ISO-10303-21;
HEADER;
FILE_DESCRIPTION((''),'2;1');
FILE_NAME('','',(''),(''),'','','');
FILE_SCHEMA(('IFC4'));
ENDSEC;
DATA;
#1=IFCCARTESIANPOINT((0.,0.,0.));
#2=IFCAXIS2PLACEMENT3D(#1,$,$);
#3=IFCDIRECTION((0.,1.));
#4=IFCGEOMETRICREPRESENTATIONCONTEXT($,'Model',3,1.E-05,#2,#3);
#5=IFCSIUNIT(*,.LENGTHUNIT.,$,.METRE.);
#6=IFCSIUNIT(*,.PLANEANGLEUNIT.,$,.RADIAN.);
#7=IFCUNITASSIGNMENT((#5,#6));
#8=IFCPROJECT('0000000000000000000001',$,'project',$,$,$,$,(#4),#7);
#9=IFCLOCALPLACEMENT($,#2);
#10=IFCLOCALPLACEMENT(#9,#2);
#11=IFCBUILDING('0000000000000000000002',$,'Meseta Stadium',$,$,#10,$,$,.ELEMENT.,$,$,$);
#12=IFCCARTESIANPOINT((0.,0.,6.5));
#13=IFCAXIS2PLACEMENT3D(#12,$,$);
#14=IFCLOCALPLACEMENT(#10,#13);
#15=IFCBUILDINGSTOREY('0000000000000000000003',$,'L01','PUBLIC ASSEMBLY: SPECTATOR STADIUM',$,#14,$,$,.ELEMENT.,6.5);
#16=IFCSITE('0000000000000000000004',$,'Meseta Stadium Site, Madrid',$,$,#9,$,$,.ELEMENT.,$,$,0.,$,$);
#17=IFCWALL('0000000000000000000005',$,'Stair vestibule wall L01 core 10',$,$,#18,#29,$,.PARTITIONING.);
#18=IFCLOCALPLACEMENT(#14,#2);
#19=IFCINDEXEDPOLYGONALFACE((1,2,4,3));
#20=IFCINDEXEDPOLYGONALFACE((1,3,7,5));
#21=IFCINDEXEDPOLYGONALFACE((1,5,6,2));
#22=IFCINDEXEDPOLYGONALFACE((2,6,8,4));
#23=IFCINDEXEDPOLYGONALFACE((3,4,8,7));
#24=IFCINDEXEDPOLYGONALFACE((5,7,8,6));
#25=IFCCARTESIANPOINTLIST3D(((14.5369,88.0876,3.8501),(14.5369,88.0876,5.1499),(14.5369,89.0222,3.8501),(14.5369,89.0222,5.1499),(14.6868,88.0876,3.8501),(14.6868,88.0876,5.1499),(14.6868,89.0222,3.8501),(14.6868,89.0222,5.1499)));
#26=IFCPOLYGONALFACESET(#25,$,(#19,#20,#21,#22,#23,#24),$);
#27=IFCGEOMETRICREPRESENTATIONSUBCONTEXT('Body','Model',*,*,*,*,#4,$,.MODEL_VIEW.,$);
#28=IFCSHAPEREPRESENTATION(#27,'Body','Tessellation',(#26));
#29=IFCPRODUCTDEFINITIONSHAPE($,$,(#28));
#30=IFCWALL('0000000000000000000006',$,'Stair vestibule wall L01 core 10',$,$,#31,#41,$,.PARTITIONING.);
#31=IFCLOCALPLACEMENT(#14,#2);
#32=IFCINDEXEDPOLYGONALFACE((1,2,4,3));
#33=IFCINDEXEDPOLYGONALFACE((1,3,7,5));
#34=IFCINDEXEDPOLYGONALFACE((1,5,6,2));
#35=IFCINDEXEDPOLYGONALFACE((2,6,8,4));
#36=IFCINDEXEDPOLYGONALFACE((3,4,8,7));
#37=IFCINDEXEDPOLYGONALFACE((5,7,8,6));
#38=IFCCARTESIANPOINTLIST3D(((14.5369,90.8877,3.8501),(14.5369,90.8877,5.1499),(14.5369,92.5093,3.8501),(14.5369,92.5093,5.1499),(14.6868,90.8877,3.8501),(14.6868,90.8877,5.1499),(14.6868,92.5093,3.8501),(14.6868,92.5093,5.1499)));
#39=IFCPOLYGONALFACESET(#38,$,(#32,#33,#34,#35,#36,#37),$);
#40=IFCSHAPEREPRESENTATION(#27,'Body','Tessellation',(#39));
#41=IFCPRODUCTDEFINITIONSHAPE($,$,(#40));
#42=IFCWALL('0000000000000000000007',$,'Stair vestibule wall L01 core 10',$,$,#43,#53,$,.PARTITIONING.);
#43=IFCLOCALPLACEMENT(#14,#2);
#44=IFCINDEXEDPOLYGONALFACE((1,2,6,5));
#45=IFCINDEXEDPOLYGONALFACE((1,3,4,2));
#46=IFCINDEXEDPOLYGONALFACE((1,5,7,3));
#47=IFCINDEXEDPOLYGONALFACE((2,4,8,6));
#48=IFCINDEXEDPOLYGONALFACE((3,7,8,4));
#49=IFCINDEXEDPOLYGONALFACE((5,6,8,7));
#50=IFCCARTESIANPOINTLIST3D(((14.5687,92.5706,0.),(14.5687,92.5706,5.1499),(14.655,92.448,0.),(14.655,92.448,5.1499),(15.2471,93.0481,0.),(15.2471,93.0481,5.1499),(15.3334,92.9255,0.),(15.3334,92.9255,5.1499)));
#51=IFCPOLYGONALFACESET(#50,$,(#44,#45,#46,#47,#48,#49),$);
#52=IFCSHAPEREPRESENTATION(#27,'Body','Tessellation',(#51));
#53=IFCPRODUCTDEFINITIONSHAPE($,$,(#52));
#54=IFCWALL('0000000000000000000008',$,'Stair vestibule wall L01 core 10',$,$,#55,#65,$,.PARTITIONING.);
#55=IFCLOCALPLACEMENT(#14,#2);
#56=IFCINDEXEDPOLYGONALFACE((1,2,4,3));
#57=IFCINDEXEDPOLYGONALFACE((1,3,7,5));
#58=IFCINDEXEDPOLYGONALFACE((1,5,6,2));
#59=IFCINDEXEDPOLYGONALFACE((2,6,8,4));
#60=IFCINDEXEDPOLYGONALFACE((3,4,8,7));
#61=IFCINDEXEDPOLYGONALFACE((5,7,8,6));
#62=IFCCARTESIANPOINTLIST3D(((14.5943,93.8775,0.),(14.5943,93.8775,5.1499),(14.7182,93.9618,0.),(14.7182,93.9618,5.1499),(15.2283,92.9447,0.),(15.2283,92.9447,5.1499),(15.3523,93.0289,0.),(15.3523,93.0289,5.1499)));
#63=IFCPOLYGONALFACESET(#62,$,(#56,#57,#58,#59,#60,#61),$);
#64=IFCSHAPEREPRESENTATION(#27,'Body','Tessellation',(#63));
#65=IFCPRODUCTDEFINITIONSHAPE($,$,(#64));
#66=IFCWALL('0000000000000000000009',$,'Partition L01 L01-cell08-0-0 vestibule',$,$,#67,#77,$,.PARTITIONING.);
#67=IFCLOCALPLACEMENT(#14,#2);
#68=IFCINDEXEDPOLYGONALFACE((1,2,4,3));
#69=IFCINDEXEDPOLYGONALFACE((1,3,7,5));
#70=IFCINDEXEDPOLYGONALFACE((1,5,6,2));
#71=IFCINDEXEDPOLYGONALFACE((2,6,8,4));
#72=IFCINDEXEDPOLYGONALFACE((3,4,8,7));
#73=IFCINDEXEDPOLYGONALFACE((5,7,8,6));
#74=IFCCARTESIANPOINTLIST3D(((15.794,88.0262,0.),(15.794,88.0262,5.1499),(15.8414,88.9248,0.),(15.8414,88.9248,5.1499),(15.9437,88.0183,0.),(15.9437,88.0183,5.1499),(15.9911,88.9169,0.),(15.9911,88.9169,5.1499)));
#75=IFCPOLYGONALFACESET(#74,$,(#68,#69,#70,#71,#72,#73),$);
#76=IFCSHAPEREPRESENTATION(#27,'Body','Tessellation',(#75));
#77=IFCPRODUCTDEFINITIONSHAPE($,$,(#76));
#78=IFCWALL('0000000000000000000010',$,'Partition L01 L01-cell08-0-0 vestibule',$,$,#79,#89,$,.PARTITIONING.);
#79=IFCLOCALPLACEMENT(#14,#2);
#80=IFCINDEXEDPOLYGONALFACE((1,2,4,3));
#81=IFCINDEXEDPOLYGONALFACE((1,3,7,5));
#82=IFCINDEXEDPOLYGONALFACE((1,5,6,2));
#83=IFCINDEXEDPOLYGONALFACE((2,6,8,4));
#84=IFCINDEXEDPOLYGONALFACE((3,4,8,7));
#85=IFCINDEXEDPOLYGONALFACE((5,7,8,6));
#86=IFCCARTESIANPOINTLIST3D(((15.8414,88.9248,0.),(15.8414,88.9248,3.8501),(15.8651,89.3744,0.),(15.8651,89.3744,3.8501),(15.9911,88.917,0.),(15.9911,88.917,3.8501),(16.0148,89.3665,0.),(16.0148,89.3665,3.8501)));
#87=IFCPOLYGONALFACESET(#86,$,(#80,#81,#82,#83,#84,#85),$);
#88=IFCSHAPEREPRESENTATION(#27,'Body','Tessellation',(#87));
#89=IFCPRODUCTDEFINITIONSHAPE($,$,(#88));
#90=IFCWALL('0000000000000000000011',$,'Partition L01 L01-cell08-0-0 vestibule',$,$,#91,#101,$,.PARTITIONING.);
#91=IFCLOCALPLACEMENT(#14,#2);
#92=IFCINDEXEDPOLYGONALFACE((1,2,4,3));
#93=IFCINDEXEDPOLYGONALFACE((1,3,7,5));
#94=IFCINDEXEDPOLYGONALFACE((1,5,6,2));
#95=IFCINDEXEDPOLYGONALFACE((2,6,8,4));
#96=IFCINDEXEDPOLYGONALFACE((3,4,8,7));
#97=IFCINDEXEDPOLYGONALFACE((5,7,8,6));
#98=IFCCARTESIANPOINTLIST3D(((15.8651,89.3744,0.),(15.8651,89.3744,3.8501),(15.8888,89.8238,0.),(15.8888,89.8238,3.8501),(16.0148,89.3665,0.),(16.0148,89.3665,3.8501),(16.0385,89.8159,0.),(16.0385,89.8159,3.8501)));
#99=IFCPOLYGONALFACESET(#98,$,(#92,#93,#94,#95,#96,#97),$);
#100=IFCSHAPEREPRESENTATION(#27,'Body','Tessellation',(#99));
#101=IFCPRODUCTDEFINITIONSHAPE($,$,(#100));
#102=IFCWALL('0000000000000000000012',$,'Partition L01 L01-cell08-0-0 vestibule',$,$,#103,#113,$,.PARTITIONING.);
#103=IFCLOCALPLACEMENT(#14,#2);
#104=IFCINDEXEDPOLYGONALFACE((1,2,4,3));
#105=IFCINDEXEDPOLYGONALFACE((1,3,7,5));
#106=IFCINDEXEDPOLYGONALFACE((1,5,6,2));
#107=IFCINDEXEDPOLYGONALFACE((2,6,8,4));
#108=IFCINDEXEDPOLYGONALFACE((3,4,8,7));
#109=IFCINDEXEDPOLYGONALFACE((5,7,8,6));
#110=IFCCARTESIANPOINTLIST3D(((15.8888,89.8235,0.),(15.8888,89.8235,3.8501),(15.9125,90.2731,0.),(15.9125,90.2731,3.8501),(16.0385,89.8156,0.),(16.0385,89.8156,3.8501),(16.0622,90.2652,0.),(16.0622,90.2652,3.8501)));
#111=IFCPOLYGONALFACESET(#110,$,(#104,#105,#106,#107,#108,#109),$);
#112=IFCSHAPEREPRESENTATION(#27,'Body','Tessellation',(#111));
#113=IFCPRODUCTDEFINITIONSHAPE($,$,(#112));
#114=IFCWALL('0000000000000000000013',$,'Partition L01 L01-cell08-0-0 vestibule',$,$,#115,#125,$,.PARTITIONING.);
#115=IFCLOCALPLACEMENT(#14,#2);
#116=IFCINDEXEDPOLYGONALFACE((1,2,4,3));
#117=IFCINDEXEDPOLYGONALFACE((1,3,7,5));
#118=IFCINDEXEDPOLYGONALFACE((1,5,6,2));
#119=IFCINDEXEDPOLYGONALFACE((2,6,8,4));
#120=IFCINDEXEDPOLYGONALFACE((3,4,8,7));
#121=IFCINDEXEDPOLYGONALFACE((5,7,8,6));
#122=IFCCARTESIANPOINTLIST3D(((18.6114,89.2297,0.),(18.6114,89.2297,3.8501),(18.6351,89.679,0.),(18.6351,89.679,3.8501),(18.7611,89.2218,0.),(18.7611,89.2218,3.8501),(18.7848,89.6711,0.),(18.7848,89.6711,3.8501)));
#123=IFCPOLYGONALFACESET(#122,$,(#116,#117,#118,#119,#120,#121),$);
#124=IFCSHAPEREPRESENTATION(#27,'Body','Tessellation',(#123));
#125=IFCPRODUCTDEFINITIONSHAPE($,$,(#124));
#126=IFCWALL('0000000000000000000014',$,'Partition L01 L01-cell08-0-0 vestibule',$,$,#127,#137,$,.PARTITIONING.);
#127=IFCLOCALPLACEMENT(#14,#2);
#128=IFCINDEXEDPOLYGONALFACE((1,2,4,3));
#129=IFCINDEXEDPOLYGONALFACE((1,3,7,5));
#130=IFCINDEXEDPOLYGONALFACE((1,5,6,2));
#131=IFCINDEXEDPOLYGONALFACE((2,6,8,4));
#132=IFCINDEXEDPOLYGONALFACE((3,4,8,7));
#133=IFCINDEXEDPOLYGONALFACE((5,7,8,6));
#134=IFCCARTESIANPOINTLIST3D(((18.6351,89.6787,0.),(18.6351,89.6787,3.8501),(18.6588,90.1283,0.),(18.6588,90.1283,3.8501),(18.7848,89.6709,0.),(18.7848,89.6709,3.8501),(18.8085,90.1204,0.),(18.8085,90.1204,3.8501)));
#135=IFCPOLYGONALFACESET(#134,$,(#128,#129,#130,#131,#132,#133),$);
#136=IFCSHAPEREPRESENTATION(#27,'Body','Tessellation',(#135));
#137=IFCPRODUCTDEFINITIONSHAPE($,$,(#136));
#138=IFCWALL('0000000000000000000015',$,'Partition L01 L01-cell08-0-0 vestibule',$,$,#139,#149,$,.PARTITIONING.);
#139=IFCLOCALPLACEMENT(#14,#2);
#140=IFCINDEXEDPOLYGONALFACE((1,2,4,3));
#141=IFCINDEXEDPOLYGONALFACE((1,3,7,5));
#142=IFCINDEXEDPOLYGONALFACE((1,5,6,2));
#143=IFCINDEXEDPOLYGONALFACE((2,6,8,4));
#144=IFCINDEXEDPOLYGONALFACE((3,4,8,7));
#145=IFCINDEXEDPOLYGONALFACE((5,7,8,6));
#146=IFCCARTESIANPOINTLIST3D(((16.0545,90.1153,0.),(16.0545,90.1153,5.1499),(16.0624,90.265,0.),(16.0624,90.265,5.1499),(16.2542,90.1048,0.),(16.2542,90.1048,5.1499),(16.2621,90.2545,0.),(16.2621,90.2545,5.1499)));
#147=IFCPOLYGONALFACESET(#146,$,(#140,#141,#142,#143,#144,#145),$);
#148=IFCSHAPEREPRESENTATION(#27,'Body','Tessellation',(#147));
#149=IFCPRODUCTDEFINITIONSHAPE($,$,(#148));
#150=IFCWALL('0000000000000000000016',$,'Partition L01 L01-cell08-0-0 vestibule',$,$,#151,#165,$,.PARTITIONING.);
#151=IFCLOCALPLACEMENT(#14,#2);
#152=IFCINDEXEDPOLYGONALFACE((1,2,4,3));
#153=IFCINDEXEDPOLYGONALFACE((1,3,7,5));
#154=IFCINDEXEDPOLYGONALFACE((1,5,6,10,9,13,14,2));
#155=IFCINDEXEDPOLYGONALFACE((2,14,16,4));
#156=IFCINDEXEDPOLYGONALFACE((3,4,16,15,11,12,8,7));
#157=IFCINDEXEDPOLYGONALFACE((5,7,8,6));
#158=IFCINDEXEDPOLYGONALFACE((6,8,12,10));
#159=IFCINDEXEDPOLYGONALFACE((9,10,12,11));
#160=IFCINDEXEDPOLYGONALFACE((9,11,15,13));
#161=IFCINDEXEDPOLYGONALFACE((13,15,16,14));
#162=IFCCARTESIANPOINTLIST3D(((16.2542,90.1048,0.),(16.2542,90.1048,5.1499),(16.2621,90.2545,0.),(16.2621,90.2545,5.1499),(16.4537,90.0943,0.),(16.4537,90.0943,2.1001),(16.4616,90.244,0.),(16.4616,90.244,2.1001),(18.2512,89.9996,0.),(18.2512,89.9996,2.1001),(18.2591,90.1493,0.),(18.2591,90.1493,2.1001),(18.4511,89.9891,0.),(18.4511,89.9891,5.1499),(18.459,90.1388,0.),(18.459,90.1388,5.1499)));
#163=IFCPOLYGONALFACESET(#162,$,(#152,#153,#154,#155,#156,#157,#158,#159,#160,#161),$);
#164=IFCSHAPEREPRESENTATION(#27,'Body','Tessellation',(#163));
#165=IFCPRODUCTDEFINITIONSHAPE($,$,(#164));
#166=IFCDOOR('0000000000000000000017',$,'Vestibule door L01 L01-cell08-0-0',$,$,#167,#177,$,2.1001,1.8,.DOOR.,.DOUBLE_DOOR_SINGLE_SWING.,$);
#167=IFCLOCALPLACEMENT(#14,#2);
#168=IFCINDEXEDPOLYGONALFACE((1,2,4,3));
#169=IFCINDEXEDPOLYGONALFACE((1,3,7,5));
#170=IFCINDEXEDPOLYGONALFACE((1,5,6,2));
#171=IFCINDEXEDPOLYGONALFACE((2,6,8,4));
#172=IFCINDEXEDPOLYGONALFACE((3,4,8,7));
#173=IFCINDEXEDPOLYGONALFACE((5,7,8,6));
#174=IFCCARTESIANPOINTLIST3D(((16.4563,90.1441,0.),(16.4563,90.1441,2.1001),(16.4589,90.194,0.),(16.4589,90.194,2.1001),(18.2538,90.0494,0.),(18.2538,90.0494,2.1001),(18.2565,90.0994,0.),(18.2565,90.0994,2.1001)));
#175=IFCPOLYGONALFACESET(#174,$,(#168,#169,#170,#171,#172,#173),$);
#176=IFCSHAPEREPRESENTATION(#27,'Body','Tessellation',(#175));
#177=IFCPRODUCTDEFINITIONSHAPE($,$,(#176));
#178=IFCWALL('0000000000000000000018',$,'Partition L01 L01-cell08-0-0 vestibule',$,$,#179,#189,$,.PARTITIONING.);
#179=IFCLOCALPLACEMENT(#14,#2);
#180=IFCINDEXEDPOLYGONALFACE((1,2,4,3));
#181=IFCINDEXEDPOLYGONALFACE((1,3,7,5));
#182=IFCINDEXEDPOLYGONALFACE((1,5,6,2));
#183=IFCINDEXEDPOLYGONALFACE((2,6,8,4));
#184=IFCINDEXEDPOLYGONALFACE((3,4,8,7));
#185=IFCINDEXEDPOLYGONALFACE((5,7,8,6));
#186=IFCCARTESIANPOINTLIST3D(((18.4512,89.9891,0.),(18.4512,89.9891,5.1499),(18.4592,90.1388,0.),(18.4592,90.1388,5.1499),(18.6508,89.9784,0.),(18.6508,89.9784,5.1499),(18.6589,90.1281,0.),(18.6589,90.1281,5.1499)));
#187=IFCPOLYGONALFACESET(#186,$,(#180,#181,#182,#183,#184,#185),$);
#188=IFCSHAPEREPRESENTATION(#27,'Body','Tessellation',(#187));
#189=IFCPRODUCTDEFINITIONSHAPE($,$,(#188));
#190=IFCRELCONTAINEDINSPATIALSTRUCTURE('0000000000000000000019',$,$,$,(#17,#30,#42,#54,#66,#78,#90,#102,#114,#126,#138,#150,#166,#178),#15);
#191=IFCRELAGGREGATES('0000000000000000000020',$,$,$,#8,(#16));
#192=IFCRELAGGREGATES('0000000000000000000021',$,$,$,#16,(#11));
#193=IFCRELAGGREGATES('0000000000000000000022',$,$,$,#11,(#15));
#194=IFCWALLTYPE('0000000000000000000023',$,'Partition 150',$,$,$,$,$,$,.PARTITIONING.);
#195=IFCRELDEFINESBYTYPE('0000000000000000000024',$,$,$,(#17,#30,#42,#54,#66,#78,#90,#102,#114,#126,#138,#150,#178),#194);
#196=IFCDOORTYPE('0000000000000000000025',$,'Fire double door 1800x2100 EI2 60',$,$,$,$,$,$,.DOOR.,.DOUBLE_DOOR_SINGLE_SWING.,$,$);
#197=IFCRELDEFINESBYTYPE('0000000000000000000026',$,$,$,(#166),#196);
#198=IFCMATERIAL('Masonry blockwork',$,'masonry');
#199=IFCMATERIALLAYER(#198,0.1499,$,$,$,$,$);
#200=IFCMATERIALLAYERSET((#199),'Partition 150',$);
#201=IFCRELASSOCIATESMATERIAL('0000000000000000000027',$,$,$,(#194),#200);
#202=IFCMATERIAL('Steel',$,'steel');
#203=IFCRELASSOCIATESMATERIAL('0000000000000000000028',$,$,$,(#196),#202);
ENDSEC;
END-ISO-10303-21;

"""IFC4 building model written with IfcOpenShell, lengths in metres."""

from ifc_helpers import new_model, si_unit, direction, frame, frame_2d, origin, place, context, subcontext, project, spatial, rectangle, extrude, material, layer, layer_set, type_object, element, fill, save


model = new_model("IFC4")

# Units and contexts
model_context = context("Model", 3, precision=1e-05, world=origin(), true_north=direction((0.0, 1.0)))
body_context = subcontext(model_context, "Body", "Model", "MODEL_VIEW")
ifc_project = project(units=[si_unit("LENGTHUNIT", "METRE"), si_unit("PLANEANGLEUNIT", "RADIAN")], contexts=[model_context])

# Site, building, storey
site_placement = place(None, origin())
site = spatial("IfcSite", under=ifc_project, at=site_placement, Name="Meseta Stadium Site, Madrid", CompositionType="ELEMENT", RefElevation=0.0)
building_placement = place(site_placement, origin())
building = spatial("IfcBuilding", under=site, at=building_placement, Name="Meseta Stadium", CompositionType="ELEMENT")
storey_placement = place(building_placement, frame((0.0, 0.0, 6.5)))
storey = spatial("IfcBuildingStorey", under=building, at=storey_placement, Name="L01", Description="PUBLIC ASSEMBLY: SPECTATOR STADIUM", CompositionType="ELEMENT", Elevation=6.5)

# Shared definitions
ifc_material_1 = material(Name="Masonry blockwork", Category="masonry")
ifc_layer_1 = layer(ifc_material_1, 0.1499)
ifc_layer_set_1 = layer_set([ifc_layer_1], Name="Partition 150")
wall_type_1 = type_object("IfcWallType", Name="Partition 150", PredefinedType="PARTITIONING", material=ifc_layer_set_1)
ifc_material_2 = material(Name="Steel", Category="steel")
door_type_1 = type_object("IfcDoorType", Name="Fire double door 1800x2100 EI2 60", OperationType="DOUBLE_DOOR_SINGLE_SWING", PredefinedType="DOOR", material=ifc_material_2)

# Walls
wall_1_placement = place(storey_placement, frame((14.6118, 88.0876, 3.8501), z_axis=(0.0, 0.0, 1.0), x_axis=(0.0, 1.0, 0.0)))
element("IfcWall", 1, at=wall_1_placement, inside=storey, type_object=wall_type_1, Name="Stair vestibule wall L01 core 10", PredefinedType="PARTITIONING", context=body_context, shape_type="SweptSolid", body=[
    extrude(rectangle(XDim=0.9346, YDim=0.1499, at=frame_2d((0.4673, 0.0))), origin(), (0.0, 0.0, 1.0), 1.2998),
])
wall_2_placement = place(storey_placement, frame((14.6118, 90.8877, 3.8501), z_axis=(0.0, 0.0, 1.0), x_axis=(0.0, 1.0, 0.0)))
element("IfcWall", 2, at=wall_2_placement, inside=storey, type_object=wall_type_1, Name="Stair vestibule wall L01 core 10", PredefinedType="PARTITIONING", context=body_context, shape_type="SweptSolid", body=[
    extrude(rectangle(XDim=1.6216, YDim=0.1499, at=frame_2d((0.8108, 0.0))), origin(), (0.0, 0.0, 1.0), 1.2998),
])
wall_3_placement = place(storey_placement, frame((14.6118, 92.5093, 0.0), z_axis=(0.0, 0.0, 1.0), x_axis=(0.81775, 0.575574, 0.0)))
element("IfcWall", 3, at=wall_3_placement, inside=storey, type_object=wall_type_1, Name="Stair vestibule wall L01 core 10", PredefinedType="PARTITIONING", context=body_context, shape_type="SweptSolid", body=[
    extrude(rectangle(XDim=0.8296, YDim=0.1499, at=frame_2d((0.4148, 0.0))), origin(), (0.0, 0.0, 1.0), 5.1499),
])
wall_4_placement = place(storey_placement, frame((15.2903, 92.9868, 0.0), z_axis=(0.0, 0.0, 1.0), x_axis=(-0.562121, 0.827055, 0.0)))
element("IfcWall", 4, at=wall_4_placement, inside=storey, type_object=wall_type_1, Name="Stair vestibule wall L01 core 10", PredefinedType="PARTITIONING", context=body_context, shape_type="SweptSolid", body=[
    extrude(rectangle(XDim=1.1279, YDim=0.1499, at=frame_2d((0.564, 0.0))), origin(), (0.0, 0.0, 1.0), 5.1499),
])
wall_5_placement = place(storey_placement, frame((15.8689, 88.0222, 0.0), z_axis=(0.0, 0.0, 1.0), x_axis=(0.05263, 0.998614, 0.0)))
element("IfcWall", 5, at=wall_5_placement, inside=storey, type_object=wall_type_1, Name="Partition L01 L01-cell08-0-0 vestibule", PredefinedType="PARTITIONING", context=body_context, shape_type="SweptSolid", body=[
    extrude(rectangle(XDim=0.8999, YDim=0.1499, at=frame_2d((0.45, 0.0))), origin(), (0.0, 0.0, 1.0), 5.1499),
])
wall_6_placement = place(storey_placement, frame((15.9163, 88.9209, 0.0), z_axis=(0.0, 0.0, 1.0), x_axis=(0.052616, 0.998615, 0.0)))
element("IfcWall", 6, at=wall_6_placement, inside=storey, type_object=wall_type_1, Name="Partition L01 L01-cell08-0-0 vestibule", PredefinedType="PARTITIONING", context=body_context, shape_type="SweptSolid", body=[
    extrude(rectangle(XDim=0.4502, YDim=0.1499, at=frame_2d((0.2251, 0.0))), origin(), (0.0, 0.0, 1.0), 3.8501),
])
wall_7_placement = place(storey_placement, frame((15.9399, 89.3704, 0.0), z_axis=(0.0, 0.0, 1.0), x_axis=(0.052644, 0.998613, 0.0)))
element("IfcWall", 7, at=wall_7_placement, inside=storey, type_object=wall_type_1, Name="Partition L01 L01-cell08-0-0 vestibule", PredefinedType="PARTITIONING", context=body_context, shape_type="SweptSolid", body=[
    extrude(rectangle(XDim=0.45, YDim=0.1499, at=frame_2d((0.2251, 0.0))), origin(), (0.0, 0.0, 1.0), 3.8501),
])
wall_8_placement = place(storey_placement, frame((15.9636, 89.8196, 0.0), z_axis=(0.0, 0.0, 1.0), x_axis=(0.052616, 0.998615, 0.0)))
element("IfcWall", 8, at=wall_8_placement, inside=storey, type_object=wall_type_1, Name="Partition L01 L01-cell08-0-0 vestibule", PredefinedType="PARTITIONING", context=body_context, shape_type="SweptSolid", body=[
    extrude(rectangle(XDim=0.4502, YDim=0.1499, at=frame_2d((0.2251, 0.0))), origin(), (0.0, 0.0, 1.0), 3.8501),
])
wall_9_placement = place(storey_placement, frame((18.6863, 89.2256, 0.0), z_axis=(0.0, 0.0, 1.0), x_axis=(0.052644, 0.998613, 0.0)))
element("IfcWall", 9, at=wall_9_placement, inside=storey, type_object=wall_type_1, Name="Partition L01 L01-cell08-0-0 vestibule", PredefinedType="PARTITIONING", context=body_context, shape_type="SweptSolid", body=[
    extrude(rectangle(XDim=0.45, YDim=0.1499, at=frame_2d((0.2251, 0.0))), origin(), (0.0, 0.0, 1.0), 3.8501),
])
wall_10_placement = place(storey_placement, frame((18.71, 89.6748, 0.0), z_axis=(0.0, 0.0, 1.0), x_axis=(0.052616, 0.998615, 0.0)))
element("IfcWall", 10, at=wall_10_placement, inside=storey, type_object=wall_type_1, Name="Partition L01 L01-cell08-0-0 vestibule", PredefinedType="PARTITIONING", context=body_context, shape_type="SweptSolid", body=[
    extrude(rectangle(XDim=0.4502, YDim=0.1499, at=frame_2d((0.2251, 0.0))), origin(), (0.0, 0.0, 1.0), 3.8501),
])
wall_11_placement = place(storey_placement, frame((16.0583, 90.1902, 0.0), z_axis=(0.0, 0.0, 1.0), x_axis=(0.998621, -0.052495, 0.0)))
element("IfcWall", 11, at=wall_11_placement, inside=storey, type_object=wall_type_1, Name="Partition L01 L01-cell08-0-0 vestibule", PredefinedType="PARTITIONING", context=body_context, shape_type="SweptSolid", body=[
    extrude(rectangle(XDim=0.2, YDim=0.1499, at=frame_2d((0.1001, 0.0))), origin(), (0.0, 0.0, 1.0), 5.1499),
])

# Wall, opening, door
wall_12_placement = place(storey_placement, frame((16.2581, 90.1797, 0.0), z_axis=(0.0, 0.0, 1.0), x_axis=(0.998616, -0.0526, 0.0)))
wall_12 = element("IfcWall", 12, at=wall_12_placement, inside=storey, type_object=wall_type_1, Name="Partition L01 L01-cell08-0-0 vestibule", PredefinedType="PARTITIONING", context=body_context, shape_type="SweptSolid", body=[
    extrude(rectangle(XDim=2.2, YDim=0.1499, at=frame_2d((1.1001, 0.0))), origin(), (0.0, 0.0, 1.0), 5.1499),
])
opening_1_placement = place(wall_12_placement, frame((0.2, 0.0, 0.0)))
opening_1 = element("IfcOpeningElement", 13, at=opening_1_placement, cuts=wall_12, PredefinedType="OPENING", context=body_context, shape_type="SweptSolid", body=[
    extrude(rectangle(XDim=1.8, YDim=2.1001, at=frame_2d((0.8999, 1.05))), frame((0.0, 0.085, 0.0), z_axis=(0.0, -1.0, 0.0), x_axis=(1.0, 0.0, 0.0)), (0.0, 0.0, 1.0), 0.1699),
])
door_1_placement = place(opening_1_placement, origin())
door_1 = element("IfcDoor", 14, at=door_1_placement, inside=storey, type_object=door_type_1, Name="Vestibule door L01 L01-cell08-0-0", OperationType="DOUBLE_DOOR_SINGLE_SWING", OverallHeight=2.1001, OverallWidth=1.8, PredefinedType="DOOR", context=body_context, shape_type="SweptSolid", body=[
    extrude(rectangle(XDim=1.8, YDim=2.1001, at=frame_2d((0.8999, 1.05))), frame((0.0, 0.0249, 0.0), z_axis=(0.0, -1.0, 0.0), x_axis=(1.0, 0.0, 0.0)), (0.0, 0.0, 1.0), 0.05),
])
fill(opening_1, door_1)

# Wall
wall_13_placement = place(storey_placement, frame((18.4551, 90.064, 0.0), z_axis=(0.0, 0.0, 1.0), x_axis=(0.998556, -0.053712, 0.0)))
element("IfcWall", 15, at=wall_13_placement, inside=storey, type_object=wall_type_1, Name="Partition L01 L01-cell08-0-0 vestibule", PredefinedType="PARTITIONING", context=body_context, shape_type="SweptSolid", body=[
    extrude(rectangle(XDim=0.2, YDim=0.1499, at=frame_2d((0.1001, 0.0))), origin(), (0.0, 0.0, 1.0), 5.1499),
])

save(model, "model.ifc")
